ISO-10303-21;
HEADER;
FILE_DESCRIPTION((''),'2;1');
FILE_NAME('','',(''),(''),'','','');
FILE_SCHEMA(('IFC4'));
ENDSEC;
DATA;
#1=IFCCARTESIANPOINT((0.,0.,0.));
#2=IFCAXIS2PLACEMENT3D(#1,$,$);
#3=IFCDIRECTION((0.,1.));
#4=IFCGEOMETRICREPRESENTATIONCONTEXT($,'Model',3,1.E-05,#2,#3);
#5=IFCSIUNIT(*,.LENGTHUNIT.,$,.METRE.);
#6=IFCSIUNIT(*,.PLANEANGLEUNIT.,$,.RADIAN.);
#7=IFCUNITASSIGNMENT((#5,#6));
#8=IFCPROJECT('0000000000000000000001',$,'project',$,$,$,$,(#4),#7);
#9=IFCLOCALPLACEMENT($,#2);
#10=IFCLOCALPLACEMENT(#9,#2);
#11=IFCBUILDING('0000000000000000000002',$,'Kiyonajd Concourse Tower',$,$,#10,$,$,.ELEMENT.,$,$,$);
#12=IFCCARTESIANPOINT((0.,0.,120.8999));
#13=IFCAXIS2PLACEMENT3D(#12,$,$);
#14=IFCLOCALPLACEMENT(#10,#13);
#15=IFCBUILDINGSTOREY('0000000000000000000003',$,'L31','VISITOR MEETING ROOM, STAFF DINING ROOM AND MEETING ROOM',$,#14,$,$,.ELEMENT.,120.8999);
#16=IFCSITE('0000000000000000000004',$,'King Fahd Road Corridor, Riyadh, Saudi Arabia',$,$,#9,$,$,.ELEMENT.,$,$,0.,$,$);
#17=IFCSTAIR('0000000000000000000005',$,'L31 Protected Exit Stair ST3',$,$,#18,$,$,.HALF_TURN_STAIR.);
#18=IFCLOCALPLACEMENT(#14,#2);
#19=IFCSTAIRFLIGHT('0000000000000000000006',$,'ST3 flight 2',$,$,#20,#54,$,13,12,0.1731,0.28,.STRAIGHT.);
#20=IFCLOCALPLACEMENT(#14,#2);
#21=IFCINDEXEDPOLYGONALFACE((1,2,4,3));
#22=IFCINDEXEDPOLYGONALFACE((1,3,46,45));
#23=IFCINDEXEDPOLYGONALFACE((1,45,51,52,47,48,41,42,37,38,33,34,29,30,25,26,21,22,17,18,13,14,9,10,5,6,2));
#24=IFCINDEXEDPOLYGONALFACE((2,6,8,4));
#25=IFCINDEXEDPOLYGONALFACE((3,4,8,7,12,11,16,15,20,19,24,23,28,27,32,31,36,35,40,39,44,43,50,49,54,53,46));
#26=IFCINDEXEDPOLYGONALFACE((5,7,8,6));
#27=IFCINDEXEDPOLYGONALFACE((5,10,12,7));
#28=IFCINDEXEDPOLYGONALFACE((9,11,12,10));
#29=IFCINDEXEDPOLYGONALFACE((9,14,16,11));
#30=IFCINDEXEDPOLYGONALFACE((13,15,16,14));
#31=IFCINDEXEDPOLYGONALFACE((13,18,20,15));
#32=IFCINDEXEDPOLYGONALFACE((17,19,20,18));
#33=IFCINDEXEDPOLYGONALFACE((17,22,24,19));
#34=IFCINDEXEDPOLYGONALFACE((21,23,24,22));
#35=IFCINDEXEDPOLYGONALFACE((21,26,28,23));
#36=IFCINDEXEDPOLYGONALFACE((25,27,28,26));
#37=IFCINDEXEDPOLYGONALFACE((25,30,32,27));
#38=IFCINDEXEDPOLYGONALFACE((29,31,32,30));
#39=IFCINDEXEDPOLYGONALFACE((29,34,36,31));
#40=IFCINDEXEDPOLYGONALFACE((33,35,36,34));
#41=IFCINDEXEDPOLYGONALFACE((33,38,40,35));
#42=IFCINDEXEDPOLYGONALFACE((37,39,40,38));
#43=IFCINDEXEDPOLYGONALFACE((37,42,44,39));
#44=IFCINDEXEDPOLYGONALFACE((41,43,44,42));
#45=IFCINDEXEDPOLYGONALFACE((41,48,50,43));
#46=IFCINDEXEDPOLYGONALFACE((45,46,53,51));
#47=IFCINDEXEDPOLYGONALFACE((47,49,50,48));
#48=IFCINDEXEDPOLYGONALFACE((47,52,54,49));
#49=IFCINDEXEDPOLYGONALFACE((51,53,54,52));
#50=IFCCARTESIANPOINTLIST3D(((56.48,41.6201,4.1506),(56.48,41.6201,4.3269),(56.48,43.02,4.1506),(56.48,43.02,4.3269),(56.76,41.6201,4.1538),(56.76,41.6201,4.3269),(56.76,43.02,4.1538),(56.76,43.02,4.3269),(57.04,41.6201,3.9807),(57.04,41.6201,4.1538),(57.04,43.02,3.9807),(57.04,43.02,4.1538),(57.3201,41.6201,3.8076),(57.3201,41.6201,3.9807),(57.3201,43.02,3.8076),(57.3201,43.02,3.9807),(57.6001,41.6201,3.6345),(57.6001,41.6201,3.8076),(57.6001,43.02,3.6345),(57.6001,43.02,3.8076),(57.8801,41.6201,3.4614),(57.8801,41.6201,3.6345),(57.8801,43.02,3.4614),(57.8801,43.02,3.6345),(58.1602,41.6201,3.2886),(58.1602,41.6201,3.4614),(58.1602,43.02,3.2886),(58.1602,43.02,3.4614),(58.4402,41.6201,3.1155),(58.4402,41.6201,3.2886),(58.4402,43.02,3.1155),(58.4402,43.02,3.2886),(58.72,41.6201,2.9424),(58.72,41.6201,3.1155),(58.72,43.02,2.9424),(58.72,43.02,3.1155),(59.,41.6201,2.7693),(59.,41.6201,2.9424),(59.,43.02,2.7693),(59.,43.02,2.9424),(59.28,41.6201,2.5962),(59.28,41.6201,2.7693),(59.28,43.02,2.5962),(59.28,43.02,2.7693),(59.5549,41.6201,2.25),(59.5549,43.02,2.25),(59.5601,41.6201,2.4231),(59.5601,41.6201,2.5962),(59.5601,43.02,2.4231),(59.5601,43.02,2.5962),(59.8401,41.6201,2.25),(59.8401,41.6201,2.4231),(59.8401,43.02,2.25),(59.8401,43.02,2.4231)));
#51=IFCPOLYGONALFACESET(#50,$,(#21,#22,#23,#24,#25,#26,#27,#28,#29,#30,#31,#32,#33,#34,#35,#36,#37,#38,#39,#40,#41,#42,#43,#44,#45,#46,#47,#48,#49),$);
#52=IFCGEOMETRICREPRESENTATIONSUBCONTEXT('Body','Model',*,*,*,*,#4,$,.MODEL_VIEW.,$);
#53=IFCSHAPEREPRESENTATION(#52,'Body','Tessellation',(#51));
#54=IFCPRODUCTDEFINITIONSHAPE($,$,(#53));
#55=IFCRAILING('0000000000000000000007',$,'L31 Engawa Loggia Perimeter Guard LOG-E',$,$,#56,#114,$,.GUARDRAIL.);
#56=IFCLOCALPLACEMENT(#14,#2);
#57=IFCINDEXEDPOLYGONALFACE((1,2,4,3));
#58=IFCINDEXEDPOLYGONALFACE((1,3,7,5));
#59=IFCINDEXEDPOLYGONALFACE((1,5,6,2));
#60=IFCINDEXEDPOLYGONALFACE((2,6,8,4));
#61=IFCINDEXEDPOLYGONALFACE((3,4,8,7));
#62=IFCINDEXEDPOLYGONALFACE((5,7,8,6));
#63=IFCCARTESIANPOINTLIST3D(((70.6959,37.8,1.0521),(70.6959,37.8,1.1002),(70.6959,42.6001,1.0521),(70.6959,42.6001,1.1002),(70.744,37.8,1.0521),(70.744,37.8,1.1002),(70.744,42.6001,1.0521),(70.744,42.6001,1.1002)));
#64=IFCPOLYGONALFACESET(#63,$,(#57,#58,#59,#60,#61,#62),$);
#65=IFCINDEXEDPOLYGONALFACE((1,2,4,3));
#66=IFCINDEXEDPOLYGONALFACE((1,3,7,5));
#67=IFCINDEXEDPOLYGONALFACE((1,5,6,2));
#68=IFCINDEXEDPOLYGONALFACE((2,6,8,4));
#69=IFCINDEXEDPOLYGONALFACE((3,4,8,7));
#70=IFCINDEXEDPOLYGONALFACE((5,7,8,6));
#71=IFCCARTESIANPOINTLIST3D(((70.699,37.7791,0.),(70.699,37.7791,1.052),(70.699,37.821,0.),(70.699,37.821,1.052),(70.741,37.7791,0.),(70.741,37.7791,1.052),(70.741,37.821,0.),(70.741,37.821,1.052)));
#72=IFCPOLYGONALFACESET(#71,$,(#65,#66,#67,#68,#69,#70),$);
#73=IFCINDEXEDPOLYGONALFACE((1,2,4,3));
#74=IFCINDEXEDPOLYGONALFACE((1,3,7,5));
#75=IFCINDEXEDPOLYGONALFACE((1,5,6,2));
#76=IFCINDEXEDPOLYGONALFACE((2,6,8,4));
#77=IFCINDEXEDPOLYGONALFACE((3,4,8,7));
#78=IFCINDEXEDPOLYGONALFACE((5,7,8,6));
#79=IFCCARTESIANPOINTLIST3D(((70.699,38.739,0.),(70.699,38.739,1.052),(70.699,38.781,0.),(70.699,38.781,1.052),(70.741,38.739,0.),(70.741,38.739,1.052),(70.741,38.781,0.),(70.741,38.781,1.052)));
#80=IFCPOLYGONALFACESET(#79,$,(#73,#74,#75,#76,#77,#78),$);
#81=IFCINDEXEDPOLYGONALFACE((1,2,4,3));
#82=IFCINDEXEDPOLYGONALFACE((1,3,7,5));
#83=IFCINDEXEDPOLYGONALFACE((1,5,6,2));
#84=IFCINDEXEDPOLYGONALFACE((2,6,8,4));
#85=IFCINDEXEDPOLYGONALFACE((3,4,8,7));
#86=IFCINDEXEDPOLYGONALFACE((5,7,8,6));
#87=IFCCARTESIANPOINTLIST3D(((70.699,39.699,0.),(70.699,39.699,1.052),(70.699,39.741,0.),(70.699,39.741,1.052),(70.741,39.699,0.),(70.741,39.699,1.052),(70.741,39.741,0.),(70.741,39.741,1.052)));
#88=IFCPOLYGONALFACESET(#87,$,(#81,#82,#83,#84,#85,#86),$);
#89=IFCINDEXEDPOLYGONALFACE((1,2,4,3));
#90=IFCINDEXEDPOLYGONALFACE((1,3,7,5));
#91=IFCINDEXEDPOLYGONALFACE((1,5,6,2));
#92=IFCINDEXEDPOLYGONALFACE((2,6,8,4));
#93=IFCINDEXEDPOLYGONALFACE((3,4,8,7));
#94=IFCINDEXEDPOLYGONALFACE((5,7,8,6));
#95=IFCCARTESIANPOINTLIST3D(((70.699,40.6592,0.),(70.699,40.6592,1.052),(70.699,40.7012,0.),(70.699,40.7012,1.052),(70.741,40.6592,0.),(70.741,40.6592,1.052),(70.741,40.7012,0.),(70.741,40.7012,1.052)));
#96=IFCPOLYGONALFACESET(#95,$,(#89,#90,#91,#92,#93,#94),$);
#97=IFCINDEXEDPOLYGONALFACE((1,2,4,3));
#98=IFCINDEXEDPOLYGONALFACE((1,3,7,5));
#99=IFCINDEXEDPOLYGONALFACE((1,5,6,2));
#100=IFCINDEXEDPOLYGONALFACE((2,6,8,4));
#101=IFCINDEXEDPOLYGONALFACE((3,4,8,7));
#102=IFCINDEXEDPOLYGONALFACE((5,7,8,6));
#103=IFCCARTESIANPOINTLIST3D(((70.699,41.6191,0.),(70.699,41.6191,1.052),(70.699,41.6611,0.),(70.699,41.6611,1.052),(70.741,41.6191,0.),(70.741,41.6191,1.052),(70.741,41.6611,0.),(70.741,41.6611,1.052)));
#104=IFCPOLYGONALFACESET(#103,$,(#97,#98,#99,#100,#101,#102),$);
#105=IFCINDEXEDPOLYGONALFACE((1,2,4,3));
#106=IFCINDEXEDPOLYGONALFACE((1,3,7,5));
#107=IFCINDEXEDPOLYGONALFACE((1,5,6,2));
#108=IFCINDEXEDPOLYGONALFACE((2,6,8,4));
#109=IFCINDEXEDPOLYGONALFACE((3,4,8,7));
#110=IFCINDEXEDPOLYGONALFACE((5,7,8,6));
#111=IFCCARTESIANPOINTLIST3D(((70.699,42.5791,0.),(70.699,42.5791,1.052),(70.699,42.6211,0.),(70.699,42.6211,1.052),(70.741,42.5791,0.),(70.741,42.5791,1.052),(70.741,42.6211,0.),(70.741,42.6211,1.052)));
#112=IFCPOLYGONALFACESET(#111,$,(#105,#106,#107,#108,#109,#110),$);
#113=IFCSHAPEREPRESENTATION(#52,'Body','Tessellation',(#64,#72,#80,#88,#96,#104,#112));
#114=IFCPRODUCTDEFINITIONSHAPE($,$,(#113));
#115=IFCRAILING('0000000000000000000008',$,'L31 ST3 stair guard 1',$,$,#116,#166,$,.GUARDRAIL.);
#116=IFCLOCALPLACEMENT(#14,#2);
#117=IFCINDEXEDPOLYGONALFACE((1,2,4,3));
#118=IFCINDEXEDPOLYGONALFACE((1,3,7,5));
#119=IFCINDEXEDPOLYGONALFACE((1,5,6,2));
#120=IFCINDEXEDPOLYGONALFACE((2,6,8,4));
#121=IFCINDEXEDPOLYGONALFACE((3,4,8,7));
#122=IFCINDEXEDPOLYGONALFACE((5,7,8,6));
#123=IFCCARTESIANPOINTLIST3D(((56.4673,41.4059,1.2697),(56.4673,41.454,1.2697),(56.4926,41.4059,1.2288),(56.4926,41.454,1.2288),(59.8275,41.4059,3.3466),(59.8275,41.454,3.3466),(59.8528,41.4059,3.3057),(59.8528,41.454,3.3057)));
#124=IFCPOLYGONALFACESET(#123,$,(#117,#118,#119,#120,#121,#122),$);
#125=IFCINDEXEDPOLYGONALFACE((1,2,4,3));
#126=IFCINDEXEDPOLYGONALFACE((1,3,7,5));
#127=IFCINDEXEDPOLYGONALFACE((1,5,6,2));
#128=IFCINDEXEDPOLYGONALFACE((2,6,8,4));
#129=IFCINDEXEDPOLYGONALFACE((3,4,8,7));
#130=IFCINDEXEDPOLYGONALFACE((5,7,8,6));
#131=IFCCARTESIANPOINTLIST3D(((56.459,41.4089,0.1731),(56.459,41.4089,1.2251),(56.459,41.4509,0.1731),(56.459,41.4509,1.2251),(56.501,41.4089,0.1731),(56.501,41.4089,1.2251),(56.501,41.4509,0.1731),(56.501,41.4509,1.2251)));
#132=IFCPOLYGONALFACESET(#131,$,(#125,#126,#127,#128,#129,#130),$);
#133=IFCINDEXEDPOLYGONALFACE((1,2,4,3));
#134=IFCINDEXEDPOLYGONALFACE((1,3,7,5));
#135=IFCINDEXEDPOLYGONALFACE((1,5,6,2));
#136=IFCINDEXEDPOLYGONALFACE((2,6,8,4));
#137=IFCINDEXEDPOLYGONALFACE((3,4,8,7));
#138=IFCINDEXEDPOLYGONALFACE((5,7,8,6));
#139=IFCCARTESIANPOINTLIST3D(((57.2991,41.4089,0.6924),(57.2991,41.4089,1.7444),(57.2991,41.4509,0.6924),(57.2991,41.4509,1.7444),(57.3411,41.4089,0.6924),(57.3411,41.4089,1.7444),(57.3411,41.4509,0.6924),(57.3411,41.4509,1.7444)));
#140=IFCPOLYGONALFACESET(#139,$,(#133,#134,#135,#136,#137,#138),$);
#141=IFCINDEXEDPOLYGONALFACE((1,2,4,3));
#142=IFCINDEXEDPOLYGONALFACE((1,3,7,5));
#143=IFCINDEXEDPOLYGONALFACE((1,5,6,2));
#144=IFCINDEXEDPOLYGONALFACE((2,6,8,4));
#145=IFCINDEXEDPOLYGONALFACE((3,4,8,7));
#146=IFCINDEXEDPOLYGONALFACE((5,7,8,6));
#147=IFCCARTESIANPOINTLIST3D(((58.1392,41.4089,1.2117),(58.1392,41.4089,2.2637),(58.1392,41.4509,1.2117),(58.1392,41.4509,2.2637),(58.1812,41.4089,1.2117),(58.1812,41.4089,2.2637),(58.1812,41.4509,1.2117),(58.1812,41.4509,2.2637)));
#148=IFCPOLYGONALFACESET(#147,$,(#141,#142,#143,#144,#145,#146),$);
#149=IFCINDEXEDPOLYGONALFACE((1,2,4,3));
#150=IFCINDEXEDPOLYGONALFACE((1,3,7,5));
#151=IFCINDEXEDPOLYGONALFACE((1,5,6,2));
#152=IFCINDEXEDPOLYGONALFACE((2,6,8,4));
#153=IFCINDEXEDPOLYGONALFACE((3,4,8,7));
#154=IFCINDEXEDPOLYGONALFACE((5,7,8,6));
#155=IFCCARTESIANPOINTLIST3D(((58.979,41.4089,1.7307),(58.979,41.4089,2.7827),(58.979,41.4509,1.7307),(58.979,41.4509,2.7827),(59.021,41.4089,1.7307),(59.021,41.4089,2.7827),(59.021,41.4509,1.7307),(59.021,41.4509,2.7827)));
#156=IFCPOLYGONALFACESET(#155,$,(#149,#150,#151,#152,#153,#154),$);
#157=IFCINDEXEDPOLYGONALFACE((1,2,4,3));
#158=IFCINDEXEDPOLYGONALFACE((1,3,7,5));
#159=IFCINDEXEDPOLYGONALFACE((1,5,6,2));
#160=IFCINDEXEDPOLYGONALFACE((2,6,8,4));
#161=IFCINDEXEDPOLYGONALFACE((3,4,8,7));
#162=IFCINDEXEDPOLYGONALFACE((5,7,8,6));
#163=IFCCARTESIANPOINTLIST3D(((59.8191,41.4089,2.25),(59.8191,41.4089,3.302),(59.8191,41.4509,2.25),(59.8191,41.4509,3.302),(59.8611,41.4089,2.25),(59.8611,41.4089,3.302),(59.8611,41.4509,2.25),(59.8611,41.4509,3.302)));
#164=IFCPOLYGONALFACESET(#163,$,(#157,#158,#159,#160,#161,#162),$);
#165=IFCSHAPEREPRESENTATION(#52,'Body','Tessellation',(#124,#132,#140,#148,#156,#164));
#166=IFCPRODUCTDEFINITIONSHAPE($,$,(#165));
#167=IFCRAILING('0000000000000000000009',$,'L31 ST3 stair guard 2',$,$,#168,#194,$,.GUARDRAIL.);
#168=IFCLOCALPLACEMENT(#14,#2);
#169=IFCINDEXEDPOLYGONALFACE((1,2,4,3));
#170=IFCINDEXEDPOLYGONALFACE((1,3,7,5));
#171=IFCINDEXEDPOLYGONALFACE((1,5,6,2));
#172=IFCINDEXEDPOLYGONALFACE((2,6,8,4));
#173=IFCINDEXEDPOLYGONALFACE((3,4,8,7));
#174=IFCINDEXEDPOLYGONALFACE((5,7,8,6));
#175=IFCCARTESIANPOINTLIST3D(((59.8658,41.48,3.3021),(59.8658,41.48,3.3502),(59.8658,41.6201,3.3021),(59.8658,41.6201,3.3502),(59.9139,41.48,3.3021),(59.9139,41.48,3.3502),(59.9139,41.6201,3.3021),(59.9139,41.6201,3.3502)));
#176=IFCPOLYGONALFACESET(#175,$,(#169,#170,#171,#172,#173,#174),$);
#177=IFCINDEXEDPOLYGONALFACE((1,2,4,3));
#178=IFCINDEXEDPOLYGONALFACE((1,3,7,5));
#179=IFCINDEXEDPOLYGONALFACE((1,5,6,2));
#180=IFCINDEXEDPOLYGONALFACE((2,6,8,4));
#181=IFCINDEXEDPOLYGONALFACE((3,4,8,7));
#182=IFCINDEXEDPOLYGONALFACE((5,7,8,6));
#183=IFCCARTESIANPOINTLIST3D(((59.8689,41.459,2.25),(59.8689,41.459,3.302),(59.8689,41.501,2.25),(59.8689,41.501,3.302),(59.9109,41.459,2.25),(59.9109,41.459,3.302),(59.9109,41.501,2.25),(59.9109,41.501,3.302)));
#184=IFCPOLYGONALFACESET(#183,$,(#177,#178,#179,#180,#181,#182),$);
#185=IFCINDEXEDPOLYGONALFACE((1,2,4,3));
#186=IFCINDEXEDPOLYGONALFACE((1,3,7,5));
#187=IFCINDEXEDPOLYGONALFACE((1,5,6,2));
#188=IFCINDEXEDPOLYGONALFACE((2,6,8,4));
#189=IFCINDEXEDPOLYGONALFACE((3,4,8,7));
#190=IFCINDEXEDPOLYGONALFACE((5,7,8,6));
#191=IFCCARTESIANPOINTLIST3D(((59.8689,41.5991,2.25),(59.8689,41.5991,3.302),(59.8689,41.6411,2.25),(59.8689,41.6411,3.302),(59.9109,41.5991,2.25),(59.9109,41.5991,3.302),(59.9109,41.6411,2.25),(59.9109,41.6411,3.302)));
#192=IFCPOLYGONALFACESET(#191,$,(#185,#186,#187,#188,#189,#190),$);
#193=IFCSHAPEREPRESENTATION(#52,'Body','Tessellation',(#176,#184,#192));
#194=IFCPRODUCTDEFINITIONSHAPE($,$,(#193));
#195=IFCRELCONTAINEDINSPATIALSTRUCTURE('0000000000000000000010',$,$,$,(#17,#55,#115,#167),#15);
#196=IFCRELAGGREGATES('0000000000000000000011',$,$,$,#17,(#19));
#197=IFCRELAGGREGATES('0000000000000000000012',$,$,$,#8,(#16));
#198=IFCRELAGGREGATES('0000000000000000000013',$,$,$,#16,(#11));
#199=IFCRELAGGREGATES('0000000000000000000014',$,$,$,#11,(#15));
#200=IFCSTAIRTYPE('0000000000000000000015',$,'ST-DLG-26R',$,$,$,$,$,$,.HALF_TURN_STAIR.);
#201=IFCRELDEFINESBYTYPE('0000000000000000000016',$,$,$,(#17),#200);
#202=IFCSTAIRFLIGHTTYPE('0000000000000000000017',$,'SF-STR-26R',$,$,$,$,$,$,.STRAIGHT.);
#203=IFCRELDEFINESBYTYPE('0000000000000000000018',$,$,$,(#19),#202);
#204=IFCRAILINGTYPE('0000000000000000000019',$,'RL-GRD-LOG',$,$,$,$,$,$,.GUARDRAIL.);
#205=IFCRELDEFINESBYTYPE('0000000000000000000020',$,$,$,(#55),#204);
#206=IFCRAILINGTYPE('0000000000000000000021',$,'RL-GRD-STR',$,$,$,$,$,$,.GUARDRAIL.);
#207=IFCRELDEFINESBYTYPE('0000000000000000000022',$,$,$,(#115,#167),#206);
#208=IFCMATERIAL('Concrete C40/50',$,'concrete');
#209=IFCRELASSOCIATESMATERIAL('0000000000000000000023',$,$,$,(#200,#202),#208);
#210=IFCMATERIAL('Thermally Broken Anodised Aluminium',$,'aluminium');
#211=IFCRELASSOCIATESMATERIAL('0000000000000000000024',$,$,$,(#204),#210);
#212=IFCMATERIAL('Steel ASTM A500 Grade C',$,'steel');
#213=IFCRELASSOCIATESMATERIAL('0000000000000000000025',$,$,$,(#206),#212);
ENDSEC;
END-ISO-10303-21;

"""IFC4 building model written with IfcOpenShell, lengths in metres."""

from ifc_helpers import new_model, si_unit, direction, frame, origin, origin_2d, place, context, subcontext, project, spatial, polyline, rectangle, outline, extrude, material, type_object, element, aggregate, save


model = new_model("IFC4")

# Units and contexts
model_context = context("Model", 3, precision=1e-05, world=origin(), true_north=direction((0.0, 1.0)))
body_context = subcontext(model_context, "Body", "Model", "MODEL_VIEW")
ifc_project = project(units=[si_unit("LENGTHUNIT", "METRE"), si_unit("PLANEANGLEUNIT", "RADIAN")], contexts=[model_context])

# Site, building, storey
site_placement = place(None, origin())
site = spatial("IfcSite", under=ifc_project, at=site_placement, Name="King Fahd Road Corridor, Riyadh, Saudi Arabia", CompositionType="ELEMENT", RefElevation=0.0)
building_placement = place(site_placement, origin())
building = spatial("IfcBuilding", under=site, at=building_placement, Name="Kiyonajd Concourse Tower", CompositionType="ELEMENT")
storey_placement = place(building_placement, frame((0.0, 0.0, 120.8999)))
storey = spatial("IfcBuildingStorey", under=building, at=storey_placement, Name="L31", Description="VISITOR MEETING ROOM, STAFF DINING ROOM AND MEETING ROOM", CompositionType="ELEMENT", Elevation=120.8999)

# Shared definitions
ifc_material_1 = material(Name="Thermally Broken Anodised Aluminium", Category="aluminium")

# Stair, stair flight
ifc_material_2 = material(Name="Concrete C40/50", Category="concrete")
stair_type = type_object("IfcStairType", Name="ST-DLG-26R", PredefinedType="HALF_TURN_STAIR", material=ifc_material_2)
stair_placement = place(storey_placement, origin())
stair = element("IfcStair", 1, at=stair_placement, inside=storey, type_object=stair_type, Name="L31 Protected Exit Stair ST3", PredefinedType="HALF_TURN_STAIR")
stair_flight_type = type_object("IfcStairFlightType", Name="SF-STR-26R", PredefinedType="STRAIGHT", material=ifc_material_2)
stair_flight_placement = place(storey_placement, frame((59.8401, 42.3201, 2.25), z_axis=(0.0, 0.0, 1.0), x_axis=(-1.0, 0.0, 0.0)))
stair_flight = element("IfcStairFlight", 2, at=stair_flight_placement, type_object=stair_flight_type, Name="ST3 flight 2", NumberOfRisers=13, NumberOfTreads=12, PredefinedType="STRAIGHT", RiserHeight=0.1731, TreadLength=0.28, context=body_context, shape_type="SweptSolid", body=[
    extrude(outline(polyline([(0.0, 0.0), (0.0, 0.1731), (0.28, 0.1731), (0.28, 0.3462), (0.5601, 0.3462), (0.5601, 0.5193), (0.8401, 0.5193), (0.8401, 0.6924), (1.1201, 0.6924), (1.1201, 0.8655), (1.3999, 0.8655), (1.3999, 1.0386), (1.6799, 1.0386), (1.6799, 1.2114), (1.96, 1.2114), (1.96, 1.3845), (2.24, 1.3845), (2.24, 1.5576), (2.52, 1.5576), (2.52, 1.7307), (2.8, 1.7307), (2.8, 1.9038), (3.0801, 1.9038), (3.0801, 2.0769), (3.3601, 2.0769), (3.3601, 2.25), (3.3601, 1.9006), (0.2852, 0.0), (0.0, 0.0)])), frame((0.0, 0.7, 0.0), z_axis=(0.0, -1.0, 0.0), x_axis=(1.0, 0.0, 0.0)), (0.0, 0.0, 1.0), 1.3999),
])
aggregate(stair, [stair_flight])

# Railings
railing_type_1 = type_object("IfcRailingType", Name="RL-GRD-LOG", PredefinedType="GUARDRAIL", material=ifc_material_1)
railing_1_placement = place(storey_placement, frame((70.72, 37.8, 0.0)))
element("IfcRailing", 3, at=railing_1_placement, inside=storey, type_object=railing_type_1, Name="L31 Engawa Loggia Perimeter Guard LOG-E", PredefinedType="GUARDRAIL", context=body_context, shape_type="SweptSolid", body=[
    extrude(rectangle(XDim=0.0481, YDim=0.0481, at=origin_2d()), frame((0.0, 0.0, 1.0762), z_axis=(0.0, 1.0, 0.0), x_axis=(-1.0, 0.0, 0.0)), (0.0, 0.0, 1.0), 4.8),
    extrude(rectangle(XDim=0.042, YDim=0.042, at=origin_2d()), origin(), (0.0, 0.0, 1.0), 1.052),
    extrude(rectangle(XDim=0.042, YDim=0.042, at=origin_2d()), frame((0.0, 0.96, 0.0)), (0.0, 0.0, 1.0), 1.052),
    extrude(rectangle(XDim=0.042, YDim=0.042, at=origin_2d()), frame((0.0, 1.9199, 0.0)), (0.0, 0.0, 1.0), 1.052),
    extrude(rectangle(XDim=0.042, YDim=0.042, at=origin_2d()), frame((0.0, 2.8801, 0.0)), (0.0, 0.0, 1.0), 1.052),
    extrude(rectangle(XDim=0.042, YDim=0.042, at=origin_2d()), frame((0.0, 3.8401, 0.0)), (0.0, 0.0, 1.0), 1.052),
    extrude(rectangle(XDim=0.042, YDim=0.042, at=origin_2d()), frame((0.0, 4.8, 0.0)), (0.0, 0.0, 1.0), 1.052),
])
ifc_material_3 = material(Name="Steel ASTM A500 Grade C", Category="steel")
railing_type_2 = type_object("IfcRailingType", Name="RL-GRD-STR", PredefinedType="GUARDRAIL", material=ifc_material_3)
railing_2_placement = place(storey_placement, frame((56.48, 41.4299, 0.1731)))
element("IfcRailing", 4, at=railing_2_placement, inside=storey, type_object=railing_type_2, Name="L31 ST3 stair guard 1", PredefinedType="GUARDRAIL", context=body_context, shape_type="SweptSolid", body=[
    extrude(rectangle(XDim=0.0481, YDim=0.0481, at=origin_2d()), frame((0.0, 0.0, 1.0762), z_axis=(0.850623, 0.0, 0.525776), x_axis=(0.0, 1.0, 0.0)), (0.0, 0.0, 1.0), 3.9502),
    extrude(rectangle(XDim=0.042, YDim=0.042, at=origin_2d()), origin(), (0.0, 0.0, 1.0), 1.052),
    extrude(rectangle(XDim=0.042, YDim=0.042, at=origin_2d()), frame((0.8401, 0.0, 0.5193)), (0.0, 0.0, 1.0), 1.052),
    extrude(rectangle(XDim=0.042, YDim=0.042, at=origin_2d()), frame((1.6802, 0.0, 1.0386)), (0.0, 0.0, 1.0), 1.052),
    extrude(rectangle(XDim=0.042, YDim=0.042, at=origin_2d()), frame((2.52, 0.0, 1.5576)), (0.0, 0.0, 1.0), 1.052),
    extrude(rectangle(XDim=0.042, YDim=0.042, at=origin_2d()), frame((3.3601, 0.0, 2.0769)), (0.0, 0.0, 1.0), 1.052),
])
railing_3_placement = place(storey_placement, frame((59.8899, 41.48, 2.25)))
element("IfcRailing", 5, at=railing_3_placement, inside=storey, type_object=railing_type_2, Name="L31 ST3 stair guard 2", PredefinedType="GUARDRAIL", context=body_context, shape_type="SweptSolid", body=[
    extrude(rectangle(XDim=0.0481, YDim=0.0481, at=origin_2d()), frame((0.0, 0.0, 1.0762), z_axis=(0.0, 1.0, 0.0), x_axis=(-1.0, 0.0, 0.0)), (0.0, 0.0, 1.0), 0.1401),
    extrude(rectangle(XDim=0.042, YDim=0.042, at=origin_2d()), origin(), (0.0, 0.0, 1.0), 1.052),
    extrude(rectangle(XDim=0.042, YDim=0.042, at=origin_2d()), frame((0.0, 0.1401, 0.0)), (0.0, 0.0, 1.0), 1.052),
])

save(model, "model.ifc")
